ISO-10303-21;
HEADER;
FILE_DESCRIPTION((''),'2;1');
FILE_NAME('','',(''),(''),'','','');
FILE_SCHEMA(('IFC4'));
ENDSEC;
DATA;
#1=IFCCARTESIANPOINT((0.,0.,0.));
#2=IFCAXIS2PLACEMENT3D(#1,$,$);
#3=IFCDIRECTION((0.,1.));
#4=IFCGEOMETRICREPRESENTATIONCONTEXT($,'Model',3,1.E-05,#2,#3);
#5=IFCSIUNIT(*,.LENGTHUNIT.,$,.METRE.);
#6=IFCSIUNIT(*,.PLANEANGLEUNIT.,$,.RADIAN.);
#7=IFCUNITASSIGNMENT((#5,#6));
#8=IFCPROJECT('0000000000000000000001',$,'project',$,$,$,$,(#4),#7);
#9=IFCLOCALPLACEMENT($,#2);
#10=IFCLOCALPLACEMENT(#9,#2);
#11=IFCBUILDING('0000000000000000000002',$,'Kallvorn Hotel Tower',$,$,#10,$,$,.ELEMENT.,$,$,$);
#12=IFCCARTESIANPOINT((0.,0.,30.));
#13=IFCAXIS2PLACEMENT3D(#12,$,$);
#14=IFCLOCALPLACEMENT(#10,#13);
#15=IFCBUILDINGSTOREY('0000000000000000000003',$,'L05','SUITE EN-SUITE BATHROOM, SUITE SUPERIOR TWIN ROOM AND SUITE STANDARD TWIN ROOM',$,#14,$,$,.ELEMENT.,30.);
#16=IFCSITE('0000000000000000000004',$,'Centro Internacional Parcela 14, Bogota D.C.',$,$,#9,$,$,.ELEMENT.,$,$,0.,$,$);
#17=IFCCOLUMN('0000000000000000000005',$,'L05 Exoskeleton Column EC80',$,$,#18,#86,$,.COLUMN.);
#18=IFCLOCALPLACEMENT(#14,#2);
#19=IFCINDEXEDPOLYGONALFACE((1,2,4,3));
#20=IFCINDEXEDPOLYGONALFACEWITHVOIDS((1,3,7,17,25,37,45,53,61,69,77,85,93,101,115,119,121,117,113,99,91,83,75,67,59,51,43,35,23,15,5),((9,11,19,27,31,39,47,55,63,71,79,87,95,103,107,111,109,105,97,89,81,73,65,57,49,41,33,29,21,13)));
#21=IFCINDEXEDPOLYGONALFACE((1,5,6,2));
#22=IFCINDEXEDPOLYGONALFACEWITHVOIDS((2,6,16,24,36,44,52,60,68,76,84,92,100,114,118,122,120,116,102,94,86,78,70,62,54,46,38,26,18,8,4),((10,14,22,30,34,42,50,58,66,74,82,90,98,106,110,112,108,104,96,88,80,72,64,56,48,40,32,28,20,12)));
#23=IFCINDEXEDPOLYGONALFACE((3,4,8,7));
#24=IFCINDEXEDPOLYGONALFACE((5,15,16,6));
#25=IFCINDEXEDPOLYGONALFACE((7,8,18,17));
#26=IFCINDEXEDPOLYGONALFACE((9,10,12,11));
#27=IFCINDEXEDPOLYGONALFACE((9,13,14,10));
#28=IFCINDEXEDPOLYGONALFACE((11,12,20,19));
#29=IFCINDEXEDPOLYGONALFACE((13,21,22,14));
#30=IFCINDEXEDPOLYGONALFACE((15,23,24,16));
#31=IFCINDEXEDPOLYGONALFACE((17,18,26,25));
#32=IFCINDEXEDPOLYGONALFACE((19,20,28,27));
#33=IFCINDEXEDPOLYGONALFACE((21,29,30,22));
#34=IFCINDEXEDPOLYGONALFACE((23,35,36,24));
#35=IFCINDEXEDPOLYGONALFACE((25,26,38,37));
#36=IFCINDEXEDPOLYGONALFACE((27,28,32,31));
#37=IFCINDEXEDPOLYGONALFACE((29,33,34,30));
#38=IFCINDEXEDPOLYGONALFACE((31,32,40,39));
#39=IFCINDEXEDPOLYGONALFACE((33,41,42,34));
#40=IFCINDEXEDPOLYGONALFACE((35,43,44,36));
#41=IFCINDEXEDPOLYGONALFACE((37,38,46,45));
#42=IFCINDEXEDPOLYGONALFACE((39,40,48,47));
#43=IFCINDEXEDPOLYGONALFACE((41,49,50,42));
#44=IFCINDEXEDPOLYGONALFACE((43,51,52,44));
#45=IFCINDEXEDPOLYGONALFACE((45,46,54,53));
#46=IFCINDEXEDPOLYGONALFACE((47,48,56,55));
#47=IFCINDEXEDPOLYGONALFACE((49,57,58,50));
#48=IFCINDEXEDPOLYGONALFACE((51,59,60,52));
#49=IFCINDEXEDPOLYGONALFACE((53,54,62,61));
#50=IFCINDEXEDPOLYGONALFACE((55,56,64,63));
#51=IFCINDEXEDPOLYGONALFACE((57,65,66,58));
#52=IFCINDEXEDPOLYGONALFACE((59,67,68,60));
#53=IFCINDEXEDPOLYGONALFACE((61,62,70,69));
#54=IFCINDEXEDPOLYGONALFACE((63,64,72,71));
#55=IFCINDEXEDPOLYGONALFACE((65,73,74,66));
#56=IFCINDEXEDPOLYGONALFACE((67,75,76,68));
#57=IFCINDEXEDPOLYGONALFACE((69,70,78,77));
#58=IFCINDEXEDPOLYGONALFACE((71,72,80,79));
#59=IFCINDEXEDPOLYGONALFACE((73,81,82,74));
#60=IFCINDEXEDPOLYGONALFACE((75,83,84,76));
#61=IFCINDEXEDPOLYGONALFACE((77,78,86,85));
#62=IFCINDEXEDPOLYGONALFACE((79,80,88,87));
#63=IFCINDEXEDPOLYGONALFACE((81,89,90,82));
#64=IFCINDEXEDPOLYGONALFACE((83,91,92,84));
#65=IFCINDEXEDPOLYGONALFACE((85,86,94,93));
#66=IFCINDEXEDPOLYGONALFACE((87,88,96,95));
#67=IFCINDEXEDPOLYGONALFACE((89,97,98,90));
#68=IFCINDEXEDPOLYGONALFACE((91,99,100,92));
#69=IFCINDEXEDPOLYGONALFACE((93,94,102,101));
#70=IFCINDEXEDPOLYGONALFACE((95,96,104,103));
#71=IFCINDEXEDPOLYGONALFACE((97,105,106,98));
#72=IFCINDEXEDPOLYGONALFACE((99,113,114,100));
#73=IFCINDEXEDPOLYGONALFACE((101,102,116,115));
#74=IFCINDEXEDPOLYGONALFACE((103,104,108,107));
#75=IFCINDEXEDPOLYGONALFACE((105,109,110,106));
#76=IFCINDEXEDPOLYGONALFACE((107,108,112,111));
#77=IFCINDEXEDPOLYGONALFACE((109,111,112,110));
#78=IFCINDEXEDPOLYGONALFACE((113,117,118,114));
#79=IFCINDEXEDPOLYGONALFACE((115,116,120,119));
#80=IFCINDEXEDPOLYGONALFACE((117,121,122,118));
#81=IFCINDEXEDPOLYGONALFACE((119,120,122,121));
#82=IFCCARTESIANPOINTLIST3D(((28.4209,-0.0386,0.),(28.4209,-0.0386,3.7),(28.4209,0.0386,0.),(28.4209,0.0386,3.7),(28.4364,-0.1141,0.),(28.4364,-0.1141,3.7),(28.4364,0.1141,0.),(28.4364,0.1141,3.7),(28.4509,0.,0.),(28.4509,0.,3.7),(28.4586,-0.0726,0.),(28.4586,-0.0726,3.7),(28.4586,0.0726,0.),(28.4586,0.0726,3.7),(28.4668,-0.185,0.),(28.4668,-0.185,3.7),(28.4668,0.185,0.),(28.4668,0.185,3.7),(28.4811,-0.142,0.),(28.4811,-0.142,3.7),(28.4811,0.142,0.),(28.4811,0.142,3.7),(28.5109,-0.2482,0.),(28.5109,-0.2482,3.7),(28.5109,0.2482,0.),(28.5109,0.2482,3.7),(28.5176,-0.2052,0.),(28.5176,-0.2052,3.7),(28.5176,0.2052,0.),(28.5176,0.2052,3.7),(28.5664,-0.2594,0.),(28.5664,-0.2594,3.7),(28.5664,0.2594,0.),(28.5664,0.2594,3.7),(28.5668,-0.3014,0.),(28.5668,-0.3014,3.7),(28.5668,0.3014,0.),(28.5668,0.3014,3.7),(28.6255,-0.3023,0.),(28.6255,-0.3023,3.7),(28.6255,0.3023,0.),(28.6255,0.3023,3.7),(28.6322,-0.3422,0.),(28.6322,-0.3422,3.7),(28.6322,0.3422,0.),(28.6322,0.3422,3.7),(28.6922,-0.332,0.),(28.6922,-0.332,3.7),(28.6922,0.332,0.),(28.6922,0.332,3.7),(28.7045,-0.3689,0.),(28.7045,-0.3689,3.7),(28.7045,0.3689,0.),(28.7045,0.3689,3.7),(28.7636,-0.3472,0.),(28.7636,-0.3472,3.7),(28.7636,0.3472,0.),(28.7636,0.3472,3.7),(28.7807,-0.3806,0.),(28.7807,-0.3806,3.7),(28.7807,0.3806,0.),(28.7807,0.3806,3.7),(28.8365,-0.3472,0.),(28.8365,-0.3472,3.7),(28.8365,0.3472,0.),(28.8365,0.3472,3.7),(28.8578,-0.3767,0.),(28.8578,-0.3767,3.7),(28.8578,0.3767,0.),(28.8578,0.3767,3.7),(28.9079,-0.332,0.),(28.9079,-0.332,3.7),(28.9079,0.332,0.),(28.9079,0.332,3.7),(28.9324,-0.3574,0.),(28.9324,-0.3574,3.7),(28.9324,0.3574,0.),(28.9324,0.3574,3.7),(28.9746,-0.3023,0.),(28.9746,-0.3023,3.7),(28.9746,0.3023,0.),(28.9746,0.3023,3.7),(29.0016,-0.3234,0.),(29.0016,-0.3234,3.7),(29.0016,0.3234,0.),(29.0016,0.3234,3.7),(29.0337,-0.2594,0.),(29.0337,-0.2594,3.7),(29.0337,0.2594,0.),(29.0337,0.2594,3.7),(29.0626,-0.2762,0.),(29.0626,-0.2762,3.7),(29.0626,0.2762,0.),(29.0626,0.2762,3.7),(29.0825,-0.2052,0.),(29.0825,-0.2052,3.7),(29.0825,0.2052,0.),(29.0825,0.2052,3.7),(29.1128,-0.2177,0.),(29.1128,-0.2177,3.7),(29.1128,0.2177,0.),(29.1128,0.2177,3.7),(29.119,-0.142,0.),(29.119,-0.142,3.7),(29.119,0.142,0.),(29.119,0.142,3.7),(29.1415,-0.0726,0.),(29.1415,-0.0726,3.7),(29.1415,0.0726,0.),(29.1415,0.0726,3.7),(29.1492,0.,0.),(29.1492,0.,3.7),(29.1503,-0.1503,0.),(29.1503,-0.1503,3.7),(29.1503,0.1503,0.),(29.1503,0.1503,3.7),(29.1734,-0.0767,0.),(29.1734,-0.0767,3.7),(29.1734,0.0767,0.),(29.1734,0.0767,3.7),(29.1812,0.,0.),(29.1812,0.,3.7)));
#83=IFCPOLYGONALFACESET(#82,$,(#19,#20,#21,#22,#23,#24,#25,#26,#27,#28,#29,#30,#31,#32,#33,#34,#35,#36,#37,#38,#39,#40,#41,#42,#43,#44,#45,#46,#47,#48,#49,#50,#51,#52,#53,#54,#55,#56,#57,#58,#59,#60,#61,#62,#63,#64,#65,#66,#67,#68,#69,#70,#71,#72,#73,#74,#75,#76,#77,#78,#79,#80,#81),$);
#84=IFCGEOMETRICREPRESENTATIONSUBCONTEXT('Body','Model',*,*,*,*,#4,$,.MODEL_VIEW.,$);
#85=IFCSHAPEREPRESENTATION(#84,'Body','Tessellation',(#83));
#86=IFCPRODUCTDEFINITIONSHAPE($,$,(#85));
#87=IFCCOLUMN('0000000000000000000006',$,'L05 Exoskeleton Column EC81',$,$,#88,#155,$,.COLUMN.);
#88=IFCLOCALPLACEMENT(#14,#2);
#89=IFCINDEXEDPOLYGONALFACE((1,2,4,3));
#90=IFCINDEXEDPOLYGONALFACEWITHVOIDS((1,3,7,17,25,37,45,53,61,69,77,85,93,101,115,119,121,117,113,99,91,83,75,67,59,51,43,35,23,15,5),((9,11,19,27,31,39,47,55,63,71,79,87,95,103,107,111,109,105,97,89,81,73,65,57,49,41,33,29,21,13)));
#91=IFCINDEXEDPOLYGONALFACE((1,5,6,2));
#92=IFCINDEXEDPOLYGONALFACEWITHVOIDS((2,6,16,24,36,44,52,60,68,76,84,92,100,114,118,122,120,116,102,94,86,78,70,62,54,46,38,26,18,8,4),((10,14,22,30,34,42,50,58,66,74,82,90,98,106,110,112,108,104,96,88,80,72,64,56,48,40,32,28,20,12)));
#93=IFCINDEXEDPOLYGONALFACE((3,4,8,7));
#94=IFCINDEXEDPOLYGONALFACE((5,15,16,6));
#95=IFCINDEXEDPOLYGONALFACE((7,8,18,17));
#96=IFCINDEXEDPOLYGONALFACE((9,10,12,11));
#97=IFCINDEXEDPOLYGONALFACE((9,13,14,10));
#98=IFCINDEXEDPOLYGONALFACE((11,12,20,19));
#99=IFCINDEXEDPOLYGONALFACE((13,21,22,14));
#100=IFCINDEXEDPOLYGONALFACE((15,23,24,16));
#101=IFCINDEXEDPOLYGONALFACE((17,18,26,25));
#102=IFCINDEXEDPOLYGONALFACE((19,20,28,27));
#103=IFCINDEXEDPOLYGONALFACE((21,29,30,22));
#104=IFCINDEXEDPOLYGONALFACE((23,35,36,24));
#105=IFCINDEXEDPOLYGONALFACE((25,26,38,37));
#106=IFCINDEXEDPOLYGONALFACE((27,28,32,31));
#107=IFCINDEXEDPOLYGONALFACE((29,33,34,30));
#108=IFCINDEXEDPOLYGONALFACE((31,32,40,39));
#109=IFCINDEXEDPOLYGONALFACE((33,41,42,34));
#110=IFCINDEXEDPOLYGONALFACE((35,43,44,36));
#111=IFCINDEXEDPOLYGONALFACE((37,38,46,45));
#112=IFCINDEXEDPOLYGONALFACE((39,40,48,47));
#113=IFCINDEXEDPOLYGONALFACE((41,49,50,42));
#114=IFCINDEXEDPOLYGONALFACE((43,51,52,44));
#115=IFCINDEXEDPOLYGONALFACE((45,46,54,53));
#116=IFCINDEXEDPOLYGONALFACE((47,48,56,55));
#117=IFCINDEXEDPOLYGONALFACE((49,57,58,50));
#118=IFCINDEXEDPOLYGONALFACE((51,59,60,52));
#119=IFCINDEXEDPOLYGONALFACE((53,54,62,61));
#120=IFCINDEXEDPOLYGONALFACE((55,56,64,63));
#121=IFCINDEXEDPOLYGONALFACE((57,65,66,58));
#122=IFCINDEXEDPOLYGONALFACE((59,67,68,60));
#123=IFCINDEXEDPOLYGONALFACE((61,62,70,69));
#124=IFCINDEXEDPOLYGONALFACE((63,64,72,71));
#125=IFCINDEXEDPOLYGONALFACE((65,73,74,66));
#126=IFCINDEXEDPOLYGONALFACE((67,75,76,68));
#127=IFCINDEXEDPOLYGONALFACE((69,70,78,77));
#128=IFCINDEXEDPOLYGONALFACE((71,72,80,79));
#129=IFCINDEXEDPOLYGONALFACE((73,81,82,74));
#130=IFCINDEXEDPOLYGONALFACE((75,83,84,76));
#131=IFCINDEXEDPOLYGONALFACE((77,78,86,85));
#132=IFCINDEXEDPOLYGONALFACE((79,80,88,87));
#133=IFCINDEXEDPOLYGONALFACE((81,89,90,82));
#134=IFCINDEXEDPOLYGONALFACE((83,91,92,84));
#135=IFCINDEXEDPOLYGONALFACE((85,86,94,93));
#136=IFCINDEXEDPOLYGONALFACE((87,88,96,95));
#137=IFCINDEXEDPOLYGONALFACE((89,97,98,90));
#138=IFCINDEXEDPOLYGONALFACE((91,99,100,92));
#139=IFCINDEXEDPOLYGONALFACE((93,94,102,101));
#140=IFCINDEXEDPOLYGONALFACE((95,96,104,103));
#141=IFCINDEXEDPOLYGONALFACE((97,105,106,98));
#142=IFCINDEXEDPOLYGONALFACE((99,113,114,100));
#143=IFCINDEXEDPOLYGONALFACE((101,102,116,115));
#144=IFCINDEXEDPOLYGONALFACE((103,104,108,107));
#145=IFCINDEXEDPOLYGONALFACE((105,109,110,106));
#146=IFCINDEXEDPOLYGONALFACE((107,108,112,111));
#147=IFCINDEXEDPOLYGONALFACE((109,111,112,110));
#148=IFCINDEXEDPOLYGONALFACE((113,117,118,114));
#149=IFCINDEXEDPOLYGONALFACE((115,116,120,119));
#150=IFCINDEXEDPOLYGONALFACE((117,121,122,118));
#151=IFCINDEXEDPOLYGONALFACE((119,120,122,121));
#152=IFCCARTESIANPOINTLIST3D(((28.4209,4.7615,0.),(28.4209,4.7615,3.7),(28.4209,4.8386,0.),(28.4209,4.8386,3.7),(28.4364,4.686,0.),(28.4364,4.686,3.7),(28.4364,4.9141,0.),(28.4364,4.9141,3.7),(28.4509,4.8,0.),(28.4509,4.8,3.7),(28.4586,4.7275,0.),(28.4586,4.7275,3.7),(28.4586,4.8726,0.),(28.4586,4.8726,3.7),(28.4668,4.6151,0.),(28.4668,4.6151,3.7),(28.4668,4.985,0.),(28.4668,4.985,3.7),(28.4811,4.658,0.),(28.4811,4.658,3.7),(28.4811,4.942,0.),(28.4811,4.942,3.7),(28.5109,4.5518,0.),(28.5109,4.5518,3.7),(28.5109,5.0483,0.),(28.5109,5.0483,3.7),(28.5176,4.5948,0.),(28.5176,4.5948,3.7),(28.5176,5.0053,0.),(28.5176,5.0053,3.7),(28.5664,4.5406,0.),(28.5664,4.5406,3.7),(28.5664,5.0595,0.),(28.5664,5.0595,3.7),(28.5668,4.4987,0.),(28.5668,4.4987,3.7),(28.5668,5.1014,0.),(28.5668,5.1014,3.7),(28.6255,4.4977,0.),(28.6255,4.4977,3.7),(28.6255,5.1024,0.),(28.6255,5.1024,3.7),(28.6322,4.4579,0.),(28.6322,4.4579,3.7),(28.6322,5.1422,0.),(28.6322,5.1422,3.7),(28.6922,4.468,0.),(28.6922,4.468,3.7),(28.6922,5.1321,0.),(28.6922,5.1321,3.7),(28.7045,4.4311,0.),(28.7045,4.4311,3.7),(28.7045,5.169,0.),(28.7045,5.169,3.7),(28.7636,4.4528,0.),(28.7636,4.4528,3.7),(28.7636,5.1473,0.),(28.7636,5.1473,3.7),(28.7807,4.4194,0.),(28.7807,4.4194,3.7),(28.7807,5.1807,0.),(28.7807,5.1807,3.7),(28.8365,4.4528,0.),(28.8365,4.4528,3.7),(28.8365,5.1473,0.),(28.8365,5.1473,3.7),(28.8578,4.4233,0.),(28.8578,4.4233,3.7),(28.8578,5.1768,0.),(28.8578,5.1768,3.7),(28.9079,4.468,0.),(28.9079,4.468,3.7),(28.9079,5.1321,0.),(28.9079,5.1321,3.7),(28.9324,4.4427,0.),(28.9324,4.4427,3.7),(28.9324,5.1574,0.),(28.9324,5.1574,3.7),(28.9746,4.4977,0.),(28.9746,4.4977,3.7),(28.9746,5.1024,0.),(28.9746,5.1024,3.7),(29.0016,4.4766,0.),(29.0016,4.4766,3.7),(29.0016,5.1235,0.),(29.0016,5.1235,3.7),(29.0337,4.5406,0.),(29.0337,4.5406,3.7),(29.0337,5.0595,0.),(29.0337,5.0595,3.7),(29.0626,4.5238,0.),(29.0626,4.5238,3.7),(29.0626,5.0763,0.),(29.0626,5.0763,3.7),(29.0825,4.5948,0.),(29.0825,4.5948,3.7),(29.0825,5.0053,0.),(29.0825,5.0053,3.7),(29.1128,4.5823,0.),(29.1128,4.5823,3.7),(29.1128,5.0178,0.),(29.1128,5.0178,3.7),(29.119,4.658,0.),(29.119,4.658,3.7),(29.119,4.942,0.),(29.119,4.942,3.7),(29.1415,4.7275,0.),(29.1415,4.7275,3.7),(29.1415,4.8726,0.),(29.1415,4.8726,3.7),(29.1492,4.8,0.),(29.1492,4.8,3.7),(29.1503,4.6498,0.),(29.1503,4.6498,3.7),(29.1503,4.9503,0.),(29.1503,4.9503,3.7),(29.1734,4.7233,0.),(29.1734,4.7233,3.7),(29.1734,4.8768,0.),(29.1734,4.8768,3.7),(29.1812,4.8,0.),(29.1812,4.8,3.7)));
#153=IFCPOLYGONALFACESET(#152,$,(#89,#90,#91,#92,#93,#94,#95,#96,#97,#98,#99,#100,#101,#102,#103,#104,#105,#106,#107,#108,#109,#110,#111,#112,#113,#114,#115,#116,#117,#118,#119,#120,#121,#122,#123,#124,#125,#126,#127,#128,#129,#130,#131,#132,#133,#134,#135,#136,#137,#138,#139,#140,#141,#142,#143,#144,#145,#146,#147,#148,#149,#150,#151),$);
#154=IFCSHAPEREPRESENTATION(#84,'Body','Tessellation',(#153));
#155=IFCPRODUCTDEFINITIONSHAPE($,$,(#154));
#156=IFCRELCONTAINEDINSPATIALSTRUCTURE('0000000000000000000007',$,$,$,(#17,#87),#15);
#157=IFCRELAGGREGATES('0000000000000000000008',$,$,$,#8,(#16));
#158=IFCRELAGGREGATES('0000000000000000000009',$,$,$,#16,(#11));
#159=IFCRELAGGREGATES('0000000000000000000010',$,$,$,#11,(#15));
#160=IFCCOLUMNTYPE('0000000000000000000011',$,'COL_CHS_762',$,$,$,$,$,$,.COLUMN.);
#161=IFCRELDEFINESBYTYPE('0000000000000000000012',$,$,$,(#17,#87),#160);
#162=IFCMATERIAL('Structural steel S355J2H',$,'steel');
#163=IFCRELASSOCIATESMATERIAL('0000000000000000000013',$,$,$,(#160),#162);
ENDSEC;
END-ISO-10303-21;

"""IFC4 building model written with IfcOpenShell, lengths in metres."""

from ifc_helpers import new_model, si_unit, direction, frame, origin, origin_2d, place, context, subcontext, project, spatial, hollow_circle, extrude, material, material_profile, profile_set, type_object, element, save


model = new_model("IFC4")

# Units and contexts
model_context = context("Model", 3, precision=1e-05, world=origin(), true_north=direction((0.0, 1.0)))
body_context = subcontext(model_context, "Body", "Model", "MODEL_VIEW")
ifc_project = project(units=[si_unit("LENGTHUNIT", "METRE"), si_unit("PLANEANGLEUNIT", "RADIAN")], contexts=[model_context])

# Site, building, storey
site_placement = place(None, origin())
site = spatial("IfcSite", under=ifc_project, at=site_placement, Name="Centro Internacional Parcela 14, Bogota D.C.", CompositionType="ELEMENT", RefElevation=0.0)
building_placement = place(site_placement, origin())
building = spatial("IfcBuilding", under=site, at=building_placement, Name="Kallvorn Hotel Tower", CompositionType="ELEMENT")
storey_placement = place(building_placement, frame((0.0, 0.0, 30.0)))
storey = spatial("IfcBuildingStorey", under=building, at=storey_placement, Name="L05", Description="SUITE EN-SUITE BATHROOM, SUITE SUPERIOR TWIN ROOM AND SUITE STANDARD TWIN ROOM", CompositionType="ELEMENT", Elevation=30.0)

# Columns
ifc_material_1 = material(Name="Structural steel S355J2H", Category="steel")
ifc_material_profile_1 = material_profile(ifc_material_1, hollow_circle(Radius=0.3811, WallThickness=0.032, at=origin_2d()), Name="CHS 762x32")
ifc_profile_set_1 = profile_set([ifc_material_profile_1], Name="Structural steel S355J2H")
column_type_1 = type_object("IfcColumnType", Name="COL_CHS_762", PredefinedType="COLUMN", material=ifc_profile_set_1)
for number, where, z_axis, x_axis, name in (
    (1, (28.8, 0.0, 0.0), (0.0, 0.0, 1.0), (1.0, 0.0, 0.0), "L05 Exoskeleton Column EC80"),
    (2, (28.8, 4.8, 0.0), (0.0, 0.0, 1.0), (1.0, 0.0, 0.0), "L05 Exoskeleton Column EC81"),
):
    element("IfcColumn", number, at=place(storey_placement, frame(where, z_axis=z_axis, x_axis=x_axis)), inside=storey, type_object=column_type_1, Name=name, PredefinedType="COLUMN", context=body_context, shape_type="SweptSolid", body=[
        extrude(hollow_circle(Radius=0.3811, WallThickness=0.032, at=origin_2d()), origin(), (0.0, 0.0, 1.0), 3.7),
    ])

save(model, "model.ifc")
